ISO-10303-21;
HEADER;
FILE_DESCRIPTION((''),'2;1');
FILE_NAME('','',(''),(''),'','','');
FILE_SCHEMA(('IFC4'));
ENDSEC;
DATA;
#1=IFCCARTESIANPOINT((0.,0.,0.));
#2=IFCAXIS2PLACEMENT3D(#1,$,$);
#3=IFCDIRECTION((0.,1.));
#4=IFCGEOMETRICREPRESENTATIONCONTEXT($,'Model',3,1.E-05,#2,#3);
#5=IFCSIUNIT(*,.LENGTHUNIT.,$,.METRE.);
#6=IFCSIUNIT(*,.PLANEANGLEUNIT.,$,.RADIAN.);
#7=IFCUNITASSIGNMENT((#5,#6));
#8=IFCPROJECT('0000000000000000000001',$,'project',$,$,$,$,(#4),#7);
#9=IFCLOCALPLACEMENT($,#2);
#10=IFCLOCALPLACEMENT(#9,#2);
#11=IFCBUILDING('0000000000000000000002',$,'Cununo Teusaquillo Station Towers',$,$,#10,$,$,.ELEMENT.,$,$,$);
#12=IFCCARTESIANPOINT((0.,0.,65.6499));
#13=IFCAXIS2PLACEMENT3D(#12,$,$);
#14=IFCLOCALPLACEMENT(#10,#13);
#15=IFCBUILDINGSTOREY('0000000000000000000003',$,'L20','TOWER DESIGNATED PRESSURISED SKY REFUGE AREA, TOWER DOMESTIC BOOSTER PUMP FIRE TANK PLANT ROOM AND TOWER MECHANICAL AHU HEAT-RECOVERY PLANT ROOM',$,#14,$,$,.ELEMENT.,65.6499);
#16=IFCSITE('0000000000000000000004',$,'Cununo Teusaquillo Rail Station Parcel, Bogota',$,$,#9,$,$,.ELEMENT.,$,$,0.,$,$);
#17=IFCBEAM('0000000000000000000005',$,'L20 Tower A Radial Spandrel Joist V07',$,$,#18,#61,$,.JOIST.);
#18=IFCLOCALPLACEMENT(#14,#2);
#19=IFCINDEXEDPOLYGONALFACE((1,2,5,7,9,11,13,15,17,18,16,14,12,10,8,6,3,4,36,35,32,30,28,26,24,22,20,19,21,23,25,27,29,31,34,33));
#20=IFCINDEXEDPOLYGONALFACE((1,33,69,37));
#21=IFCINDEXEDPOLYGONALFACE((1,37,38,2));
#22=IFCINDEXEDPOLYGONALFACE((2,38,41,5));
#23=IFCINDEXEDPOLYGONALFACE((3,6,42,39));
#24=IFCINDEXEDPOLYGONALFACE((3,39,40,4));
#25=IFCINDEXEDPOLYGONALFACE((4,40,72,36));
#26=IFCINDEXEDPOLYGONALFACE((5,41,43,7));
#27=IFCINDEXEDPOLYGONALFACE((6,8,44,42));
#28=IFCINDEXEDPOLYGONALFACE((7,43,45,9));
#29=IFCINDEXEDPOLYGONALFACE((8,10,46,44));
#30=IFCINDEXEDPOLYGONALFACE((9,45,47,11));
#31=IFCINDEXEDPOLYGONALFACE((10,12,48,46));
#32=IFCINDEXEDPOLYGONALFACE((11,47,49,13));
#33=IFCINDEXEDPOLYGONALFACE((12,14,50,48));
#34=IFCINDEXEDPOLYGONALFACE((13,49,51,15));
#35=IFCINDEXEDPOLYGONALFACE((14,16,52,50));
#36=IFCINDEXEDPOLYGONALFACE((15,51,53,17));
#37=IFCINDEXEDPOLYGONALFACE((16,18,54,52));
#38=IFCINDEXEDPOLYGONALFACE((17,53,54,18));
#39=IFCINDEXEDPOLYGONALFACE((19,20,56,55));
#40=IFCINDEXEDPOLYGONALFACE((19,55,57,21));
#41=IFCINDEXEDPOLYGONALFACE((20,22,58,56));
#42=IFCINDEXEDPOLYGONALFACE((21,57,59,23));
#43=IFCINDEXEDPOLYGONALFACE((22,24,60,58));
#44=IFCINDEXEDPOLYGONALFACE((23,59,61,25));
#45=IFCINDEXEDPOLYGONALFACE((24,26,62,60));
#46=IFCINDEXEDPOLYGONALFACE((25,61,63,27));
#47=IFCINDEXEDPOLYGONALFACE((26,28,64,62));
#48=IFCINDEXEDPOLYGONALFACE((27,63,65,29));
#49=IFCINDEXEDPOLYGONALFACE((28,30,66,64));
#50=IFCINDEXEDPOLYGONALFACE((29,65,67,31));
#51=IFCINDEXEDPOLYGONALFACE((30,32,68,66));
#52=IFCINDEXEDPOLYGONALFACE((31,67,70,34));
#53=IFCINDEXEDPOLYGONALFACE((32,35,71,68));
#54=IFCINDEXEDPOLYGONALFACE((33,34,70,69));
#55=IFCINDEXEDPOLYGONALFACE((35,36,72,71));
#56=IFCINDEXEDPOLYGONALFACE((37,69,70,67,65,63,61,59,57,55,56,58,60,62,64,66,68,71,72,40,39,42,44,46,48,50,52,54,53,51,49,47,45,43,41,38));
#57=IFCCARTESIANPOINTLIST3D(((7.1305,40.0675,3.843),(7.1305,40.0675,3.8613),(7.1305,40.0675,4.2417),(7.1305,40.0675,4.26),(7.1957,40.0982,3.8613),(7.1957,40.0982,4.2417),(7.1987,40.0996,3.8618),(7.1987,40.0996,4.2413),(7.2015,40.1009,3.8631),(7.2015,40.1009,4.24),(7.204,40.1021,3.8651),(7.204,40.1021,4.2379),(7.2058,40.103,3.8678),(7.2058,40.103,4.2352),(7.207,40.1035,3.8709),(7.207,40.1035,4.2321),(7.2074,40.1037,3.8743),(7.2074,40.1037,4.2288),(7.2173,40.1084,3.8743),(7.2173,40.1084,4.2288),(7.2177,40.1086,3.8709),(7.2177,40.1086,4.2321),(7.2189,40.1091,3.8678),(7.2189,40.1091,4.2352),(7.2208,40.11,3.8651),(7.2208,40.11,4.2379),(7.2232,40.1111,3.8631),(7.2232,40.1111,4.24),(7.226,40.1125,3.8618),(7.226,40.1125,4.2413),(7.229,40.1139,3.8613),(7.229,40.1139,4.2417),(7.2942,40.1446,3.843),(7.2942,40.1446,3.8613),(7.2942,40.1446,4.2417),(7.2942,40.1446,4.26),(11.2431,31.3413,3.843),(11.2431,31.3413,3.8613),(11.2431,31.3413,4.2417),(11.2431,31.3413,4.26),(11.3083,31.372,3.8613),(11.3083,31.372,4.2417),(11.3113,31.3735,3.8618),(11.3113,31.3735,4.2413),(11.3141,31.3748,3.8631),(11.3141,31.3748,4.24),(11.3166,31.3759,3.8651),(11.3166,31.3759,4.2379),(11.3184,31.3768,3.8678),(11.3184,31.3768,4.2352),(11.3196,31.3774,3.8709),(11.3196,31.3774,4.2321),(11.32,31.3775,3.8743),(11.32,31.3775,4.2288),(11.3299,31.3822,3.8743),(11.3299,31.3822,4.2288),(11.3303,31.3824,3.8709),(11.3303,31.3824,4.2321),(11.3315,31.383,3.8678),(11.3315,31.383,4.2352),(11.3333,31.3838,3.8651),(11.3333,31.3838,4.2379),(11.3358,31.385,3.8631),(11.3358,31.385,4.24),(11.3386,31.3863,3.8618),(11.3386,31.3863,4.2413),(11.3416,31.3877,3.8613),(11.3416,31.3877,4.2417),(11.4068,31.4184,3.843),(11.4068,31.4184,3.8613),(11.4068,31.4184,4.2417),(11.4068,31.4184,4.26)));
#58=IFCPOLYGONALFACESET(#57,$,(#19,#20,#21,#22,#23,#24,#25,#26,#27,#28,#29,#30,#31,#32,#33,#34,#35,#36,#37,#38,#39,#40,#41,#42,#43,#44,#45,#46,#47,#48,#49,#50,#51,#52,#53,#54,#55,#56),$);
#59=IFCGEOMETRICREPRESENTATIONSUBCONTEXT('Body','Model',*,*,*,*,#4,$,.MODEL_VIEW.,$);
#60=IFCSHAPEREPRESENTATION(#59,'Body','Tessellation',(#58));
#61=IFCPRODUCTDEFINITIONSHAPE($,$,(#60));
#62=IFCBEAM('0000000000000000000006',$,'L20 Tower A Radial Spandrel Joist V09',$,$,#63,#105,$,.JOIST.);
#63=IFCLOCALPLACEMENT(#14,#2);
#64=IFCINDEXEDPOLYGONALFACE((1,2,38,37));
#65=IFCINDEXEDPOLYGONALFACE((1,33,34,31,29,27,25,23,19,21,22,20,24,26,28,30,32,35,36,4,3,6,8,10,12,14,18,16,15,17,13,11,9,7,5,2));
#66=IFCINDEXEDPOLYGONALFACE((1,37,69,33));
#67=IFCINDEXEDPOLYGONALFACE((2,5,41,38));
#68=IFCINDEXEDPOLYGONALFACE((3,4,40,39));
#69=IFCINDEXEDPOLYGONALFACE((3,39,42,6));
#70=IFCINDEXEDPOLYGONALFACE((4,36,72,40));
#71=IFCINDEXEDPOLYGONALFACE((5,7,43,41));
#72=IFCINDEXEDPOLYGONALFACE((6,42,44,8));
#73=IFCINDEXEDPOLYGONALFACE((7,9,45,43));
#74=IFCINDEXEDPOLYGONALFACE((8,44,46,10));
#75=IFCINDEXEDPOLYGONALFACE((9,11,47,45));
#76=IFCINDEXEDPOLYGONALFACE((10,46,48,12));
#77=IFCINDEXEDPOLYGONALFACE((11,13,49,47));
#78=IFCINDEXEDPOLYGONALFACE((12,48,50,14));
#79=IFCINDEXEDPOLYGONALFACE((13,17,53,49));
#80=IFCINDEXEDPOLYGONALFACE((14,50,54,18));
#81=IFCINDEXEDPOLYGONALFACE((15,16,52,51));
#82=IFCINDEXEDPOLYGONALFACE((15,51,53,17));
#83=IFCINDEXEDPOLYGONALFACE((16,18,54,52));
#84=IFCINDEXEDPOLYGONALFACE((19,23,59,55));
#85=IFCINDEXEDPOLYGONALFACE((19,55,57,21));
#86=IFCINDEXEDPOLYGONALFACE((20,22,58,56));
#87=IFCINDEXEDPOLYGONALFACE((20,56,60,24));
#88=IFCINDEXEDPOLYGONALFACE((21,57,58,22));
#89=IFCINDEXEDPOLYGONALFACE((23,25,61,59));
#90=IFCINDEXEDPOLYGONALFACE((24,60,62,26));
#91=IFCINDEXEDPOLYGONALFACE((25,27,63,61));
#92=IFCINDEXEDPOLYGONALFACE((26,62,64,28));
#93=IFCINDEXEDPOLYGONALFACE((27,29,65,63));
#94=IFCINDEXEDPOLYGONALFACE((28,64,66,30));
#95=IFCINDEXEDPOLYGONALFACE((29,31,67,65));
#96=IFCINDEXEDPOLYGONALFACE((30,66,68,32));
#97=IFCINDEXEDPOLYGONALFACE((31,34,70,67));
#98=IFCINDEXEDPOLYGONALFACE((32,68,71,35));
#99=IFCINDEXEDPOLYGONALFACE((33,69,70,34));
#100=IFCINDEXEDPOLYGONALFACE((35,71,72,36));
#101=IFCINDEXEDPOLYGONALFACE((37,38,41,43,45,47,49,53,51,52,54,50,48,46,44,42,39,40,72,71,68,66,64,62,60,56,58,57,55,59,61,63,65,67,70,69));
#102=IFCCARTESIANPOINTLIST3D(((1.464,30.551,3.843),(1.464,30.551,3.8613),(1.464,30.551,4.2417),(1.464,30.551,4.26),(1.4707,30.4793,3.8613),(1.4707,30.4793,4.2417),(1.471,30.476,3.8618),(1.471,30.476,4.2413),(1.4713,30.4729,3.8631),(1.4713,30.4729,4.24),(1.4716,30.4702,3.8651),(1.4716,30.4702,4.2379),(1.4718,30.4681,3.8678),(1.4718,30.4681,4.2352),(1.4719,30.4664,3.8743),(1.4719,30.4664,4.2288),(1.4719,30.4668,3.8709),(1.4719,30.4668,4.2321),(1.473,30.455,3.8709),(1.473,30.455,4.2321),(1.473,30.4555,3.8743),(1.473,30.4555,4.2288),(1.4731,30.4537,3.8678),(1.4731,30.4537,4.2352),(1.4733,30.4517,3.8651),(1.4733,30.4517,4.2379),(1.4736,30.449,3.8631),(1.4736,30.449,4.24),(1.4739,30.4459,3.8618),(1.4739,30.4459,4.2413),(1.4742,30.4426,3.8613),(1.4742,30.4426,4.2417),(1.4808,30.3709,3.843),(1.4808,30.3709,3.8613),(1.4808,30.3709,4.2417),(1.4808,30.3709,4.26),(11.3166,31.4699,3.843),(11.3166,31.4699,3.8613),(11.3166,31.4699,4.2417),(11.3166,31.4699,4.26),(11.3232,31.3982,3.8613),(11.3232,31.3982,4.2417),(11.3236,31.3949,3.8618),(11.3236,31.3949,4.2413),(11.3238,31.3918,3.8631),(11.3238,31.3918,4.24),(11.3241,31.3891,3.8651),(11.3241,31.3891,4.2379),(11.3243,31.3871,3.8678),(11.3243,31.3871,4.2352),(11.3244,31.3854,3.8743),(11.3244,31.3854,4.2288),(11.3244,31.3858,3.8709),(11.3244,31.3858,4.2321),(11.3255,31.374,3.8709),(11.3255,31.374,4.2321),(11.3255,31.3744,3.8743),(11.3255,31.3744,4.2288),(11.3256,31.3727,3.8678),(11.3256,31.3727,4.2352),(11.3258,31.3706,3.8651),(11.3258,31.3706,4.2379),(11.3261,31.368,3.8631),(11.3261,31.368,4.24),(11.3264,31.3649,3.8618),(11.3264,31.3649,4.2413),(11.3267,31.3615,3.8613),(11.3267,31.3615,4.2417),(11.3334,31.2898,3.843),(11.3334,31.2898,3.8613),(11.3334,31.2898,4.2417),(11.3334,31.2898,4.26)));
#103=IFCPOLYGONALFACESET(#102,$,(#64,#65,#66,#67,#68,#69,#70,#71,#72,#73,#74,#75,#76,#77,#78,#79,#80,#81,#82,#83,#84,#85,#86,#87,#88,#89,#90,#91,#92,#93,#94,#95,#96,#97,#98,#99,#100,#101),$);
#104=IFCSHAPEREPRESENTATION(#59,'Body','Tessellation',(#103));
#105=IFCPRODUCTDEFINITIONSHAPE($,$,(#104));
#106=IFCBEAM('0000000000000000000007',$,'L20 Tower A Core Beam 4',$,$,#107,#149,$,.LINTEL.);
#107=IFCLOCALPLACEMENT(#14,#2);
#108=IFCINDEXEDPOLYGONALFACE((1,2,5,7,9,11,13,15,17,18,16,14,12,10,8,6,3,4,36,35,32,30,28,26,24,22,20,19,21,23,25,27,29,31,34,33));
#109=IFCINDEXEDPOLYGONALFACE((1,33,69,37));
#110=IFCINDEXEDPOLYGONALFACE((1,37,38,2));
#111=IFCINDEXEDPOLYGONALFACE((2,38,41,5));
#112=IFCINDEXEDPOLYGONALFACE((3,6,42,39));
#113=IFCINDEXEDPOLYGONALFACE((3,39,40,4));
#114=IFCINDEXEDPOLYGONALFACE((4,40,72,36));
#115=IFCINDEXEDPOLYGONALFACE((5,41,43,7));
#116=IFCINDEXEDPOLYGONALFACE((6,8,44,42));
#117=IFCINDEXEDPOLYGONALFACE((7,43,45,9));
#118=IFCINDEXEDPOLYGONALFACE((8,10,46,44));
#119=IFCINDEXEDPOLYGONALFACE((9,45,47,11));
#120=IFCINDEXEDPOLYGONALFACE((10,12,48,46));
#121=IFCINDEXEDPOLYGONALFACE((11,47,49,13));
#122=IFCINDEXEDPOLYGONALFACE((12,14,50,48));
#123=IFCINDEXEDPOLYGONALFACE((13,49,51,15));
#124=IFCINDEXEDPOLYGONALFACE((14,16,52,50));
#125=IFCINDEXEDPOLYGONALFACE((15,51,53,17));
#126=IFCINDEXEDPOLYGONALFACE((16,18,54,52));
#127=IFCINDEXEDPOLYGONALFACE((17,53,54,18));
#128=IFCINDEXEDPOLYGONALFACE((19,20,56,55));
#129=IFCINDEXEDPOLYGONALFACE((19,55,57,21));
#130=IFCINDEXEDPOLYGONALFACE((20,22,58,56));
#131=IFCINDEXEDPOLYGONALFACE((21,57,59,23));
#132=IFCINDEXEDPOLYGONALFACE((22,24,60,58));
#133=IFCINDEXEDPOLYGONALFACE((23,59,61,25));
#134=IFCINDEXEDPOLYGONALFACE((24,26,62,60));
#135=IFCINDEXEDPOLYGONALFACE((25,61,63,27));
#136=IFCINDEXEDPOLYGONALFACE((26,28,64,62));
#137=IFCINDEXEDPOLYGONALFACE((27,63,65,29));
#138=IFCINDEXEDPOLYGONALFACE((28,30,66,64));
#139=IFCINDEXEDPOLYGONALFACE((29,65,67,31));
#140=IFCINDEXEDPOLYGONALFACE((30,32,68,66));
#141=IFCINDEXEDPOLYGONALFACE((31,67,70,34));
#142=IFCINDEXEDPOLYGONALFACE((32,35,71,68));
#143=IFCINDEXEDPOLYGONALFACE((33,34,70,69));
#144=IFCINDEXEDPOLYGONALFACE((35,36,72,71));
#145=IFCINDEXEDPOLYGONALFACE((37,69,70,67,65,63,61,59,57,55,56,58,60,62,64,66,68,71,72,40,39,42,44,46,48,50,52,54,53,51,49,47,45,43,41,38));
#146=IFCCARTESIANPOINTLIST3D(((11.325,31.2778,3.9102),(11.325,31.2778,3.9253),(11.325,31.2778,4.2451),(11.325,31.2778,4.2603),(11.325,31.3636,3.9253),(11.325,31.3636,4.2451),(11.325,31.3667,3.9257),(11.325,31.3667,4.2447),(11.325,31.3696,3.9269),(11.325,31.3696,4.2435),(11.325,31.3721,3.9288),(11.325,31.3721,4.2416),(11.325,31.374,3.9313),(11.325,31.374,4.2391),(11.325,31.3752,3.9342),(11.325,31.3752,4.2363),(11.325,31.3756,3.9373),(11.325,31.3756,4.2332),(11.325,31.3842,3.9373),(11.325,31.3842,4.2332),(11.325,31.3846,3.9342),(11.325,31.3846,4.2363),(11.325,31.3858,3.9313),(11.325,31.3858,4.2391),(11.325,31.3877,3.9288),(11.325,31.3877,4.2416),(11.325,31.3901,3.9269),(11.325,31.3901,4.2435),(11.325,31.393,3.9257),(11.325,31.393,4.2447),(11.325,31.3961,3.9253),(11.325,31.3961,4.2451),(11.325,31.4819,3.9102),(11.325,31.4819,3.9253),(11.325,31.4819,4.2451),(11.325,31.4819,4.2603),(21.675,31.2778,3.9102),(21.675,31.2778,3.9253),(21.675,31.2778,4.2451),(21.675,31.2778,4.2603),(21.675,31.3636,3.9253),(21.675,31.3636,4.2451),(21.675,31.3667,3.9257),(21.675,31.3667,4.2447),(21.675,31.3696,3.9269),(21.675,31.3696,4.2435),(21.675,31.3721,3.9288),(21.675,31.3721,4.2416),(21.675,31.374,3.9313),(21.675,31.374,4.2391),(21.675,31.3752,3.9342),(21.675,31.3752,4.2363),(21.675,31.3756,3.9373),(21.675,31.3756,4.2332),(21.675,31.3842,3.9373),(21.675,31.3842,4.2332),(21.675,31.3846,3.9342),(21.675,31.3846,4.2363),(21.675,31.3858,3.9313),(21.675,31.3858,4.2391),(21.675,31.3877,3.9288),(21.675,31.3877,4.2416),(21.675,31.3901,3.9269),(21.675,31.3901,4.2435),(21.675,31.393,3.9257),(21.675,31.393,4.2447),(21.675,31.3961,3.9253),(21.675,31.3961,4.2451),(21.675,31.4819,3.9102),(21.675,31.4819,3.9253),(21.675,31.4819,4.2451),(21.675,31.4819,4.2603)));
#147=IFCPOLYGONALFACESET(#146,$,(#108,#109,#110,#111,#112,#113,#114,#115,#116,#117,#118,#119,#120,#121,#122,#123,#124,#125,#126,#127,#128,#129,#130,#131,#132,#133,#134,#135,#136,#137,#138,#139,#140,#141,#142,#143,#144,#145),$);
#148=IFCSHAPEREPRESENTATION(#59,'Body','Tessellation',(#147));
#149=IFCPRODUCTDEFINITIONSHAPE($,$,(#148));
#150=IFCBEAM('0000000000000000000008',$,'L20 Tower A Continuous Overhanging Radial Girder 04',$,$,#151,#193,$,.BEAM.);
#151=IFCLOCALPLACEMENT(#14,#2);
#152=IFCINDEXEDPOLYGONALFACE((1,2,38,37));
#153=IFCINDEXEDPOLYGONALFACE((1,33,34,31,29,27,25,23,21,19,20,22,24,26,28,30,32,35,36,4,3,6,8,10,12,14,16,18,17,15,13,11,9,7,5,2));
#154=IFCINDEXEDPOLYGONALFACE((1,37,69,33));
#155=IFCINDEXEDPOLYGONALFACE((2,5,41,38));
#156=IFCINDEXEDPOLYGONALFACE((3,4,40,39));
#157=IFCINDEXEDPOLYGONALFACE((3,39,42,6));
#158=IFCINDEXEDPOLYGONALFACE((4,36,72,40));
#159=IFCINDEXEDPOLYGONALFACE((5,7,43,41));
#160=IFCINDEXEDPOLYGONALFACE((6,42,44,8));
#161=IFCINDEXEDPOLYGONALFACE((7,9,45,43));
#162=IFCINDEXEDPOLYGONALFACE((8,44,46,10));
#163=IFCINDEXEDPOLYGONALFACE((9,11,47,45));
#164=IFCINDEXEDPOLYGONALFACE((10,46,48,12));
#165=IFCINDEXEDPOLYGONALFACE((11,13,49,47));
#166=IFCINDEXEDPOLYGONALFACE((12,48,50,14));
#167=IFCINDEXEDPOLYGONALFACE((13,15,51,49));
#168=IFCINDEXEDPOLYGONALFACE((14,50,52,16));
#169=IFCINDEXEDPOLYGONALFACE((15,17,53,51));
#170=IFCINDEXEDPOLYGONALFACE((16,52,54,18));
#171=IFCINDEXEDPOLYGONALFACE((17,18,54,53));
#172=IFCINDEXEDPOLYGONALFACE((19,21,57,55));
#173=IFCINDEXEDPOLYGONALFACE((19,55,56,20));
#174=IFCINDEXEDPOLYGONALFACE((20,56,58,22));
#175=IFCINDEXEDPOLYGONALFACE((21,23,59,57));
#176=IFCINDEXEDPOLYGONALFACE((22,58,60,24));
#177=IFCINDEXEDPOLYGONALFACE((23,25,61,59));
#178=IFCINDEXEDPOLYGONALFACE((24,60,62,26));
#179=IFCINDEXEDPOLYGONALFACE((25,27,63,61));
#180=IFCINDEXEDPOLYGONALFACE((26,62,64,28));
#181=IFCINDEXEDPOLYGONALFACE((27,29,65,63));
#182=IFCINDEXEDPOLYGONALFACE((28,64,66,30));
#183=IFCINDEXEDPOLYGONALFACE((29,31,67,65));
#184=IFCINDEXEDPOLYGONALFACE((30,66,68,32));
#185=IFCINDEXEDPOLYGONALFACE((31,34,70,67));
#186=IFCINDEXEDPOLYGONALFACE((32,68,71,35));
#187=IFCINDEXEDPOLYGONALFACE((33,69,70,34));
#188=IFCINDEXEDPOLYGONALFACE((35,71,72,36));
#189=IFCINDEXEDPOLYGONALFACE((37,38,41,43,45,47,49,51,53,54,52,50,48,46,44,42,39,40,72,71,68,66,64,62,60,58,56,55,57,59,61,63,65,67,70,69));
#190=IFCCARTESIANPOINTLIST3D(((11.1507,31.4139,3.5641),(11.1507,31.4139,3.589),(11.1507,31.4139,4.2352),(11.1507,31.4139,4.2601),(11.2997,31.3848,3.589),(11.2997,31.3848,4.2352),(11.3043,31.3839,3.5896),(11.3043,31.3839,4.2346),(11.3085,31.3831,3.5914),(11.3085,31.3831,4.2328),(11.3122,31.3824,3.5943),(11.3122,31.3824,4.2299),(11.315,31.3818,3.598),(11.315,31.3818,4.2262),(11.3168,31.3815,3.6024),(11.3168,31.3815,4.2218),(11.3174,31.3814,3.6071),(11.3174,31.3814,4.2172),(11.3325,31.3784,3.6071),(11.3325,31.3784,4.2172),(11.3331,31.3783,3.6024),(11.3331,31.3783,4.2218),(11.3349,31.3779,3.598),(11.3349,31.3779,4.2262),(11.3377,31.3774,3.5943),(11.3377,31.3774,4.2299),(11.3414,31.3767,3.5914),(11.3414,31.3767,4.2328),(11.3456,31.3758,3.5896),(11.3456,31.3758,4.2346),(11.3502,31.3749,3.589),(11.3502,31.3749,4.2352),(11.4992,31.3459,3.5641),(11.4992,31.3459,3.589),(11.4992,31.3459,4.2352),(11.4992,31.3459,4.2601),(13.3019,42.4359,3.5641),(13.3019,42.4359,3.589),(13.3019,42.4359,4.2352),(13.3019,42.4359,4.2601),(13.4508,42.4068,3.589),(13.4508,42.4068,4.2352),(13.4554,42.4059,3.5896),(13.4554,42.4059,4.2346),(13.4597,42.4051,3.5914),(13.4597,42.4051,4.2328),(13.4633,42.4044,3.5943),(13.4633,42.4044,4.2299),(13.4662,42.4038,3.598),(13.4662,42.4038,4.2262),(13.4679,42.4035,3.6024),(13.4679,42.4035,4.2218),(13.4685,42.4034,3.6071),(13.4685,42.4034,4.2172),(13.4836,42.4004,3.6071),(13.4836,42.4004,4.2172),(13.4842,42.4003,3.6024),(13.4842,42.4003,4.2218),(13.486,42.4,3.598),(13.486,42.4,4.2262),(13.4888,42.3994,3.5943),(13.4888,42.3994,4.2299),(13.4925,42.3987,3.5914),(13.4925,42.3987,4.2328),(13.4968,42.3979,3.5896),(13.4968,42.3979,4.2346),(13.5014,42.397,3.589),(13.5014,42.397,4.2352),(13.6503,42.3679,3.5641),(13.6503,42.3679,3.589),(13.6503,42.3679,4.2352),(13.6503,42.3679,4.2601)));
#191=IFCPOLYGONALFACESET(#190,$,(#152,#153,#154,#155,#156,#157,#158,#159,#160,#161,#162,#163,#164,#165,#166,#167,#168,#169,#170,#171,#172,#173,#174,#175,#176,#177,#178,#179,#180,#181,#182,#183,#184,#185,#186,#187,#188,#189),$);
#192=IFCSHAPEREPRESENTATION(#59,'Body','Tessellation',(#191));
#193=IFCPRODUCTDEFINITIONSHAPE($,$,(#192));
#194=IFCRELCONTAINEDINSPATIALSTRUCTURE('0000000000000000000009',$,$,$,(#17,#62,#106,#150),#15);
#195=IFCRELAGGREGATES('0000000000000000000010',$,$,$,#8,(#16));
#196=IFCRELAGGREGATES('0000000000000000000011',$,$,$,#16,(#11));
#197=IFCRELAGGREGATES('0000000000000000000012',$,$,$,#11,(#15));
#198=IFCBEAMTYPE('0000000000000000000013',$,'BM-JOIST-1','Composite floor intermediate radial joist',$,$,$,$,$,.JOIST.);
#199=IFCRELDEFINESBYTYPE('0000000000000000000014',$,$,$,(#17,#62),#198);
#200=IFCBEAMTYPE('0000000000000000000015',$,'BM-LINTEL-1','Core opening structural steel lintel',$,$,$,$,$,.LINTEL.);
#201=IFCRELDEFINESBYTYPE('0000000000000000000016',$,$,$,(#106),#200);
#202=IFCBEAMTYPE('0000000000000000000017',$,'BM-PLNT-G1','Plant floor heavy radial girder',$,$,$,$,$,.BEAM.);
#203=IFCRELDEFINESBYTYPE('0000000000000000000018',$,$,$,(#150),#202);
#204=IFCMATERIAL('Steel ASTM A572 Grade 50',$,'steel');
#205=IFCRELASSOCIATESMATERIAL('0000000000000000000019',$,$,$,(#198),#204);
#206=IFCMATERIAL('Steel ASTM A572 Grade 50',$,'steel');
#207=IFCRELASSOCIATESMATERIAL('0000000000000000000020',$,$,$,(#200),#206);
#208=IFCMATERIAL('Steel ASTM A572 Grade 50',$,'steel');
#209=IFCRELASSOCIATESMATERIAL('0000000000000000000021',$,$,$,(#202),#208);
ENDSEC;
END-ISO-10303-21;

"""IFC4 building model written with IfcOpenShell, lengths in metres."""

from ifc_helpers import new_model, si_unit, direction, frame, origin, origin_2d, place, context, subcontext, project, spatial, i_section, extrude, material, material_profile, profile_set, type_object, element, save


model = new_model("IFC4")

# Units and contexts
model_context = context("Model", 3, precision=1e-05, world=origin(), true_north=direction((0.0, 1.0)))
body_context = subcontext(model_context, "Body", "Model", "MODEL_VIEW")
ifc_project = project(units=[si_unit("LENGTHUNIT", "METRE"), si_unit("PLANEANGLEUNIT", "RADIAN")], contexts=[model_context])

# Site, building, storey
site_placement = place(None, origin())
site = spatial("IfcSite", under=ifc_project, at=site_placement, Name="Cununo Teusaquillo Rail Station Parcel, Bogota", CompositionType="ELEMENT", RefElevation=0.0)
building_placement = place(site_placement, origin())
building = spatial("IfcBuilding", under=site, at=building_placement, Name="Cununo Teusaquillo Station Towers", CompositionType="ELEMENT")
storey_placement = place(building_placement, frame((0.0, 0.0, 65.6499)))
storey = spatial("IfcBuildingStorey", under=building, at=storey_placement, Name="L20", Description="TOWER DESIGNATED PRESSURISED SKY REFUGE AREA, TOWER DOMESTIC BOOSTER PUMP FIRE TANK PLANT ROOM AND TOWER MECHANICAL AHU HEAT-RECOVERY PLANT ROOM", CompositionType="ELEMENT", Elevation=65.6499)

# Beams
ifc_material_1 = material(Name="Steel ASTM A572 Grade 50", Category="steel")
ifc_material_profile_1 = material_profile(ifc_material_1, i_section(OverallWidth=0.1809, OverallDepth=0.417, WebThickness=0.011, FlangeThickness=0.0183, FilletRadius=0.0129, at=origin_2d()), Name="W16X57")
ifc_profile_set_1 = profile_set([ifc_material_profile_1], Name="Steel ASTM A572 Grade 50")
beam_type_1 = type_object("IfcBeamType", Name="BM-JOIST-1", Description="Composite floor intermediate radial joist", PredefinedType="JOIST", material=ifc_profile_set_1)
beam_1_placement = place(storey_placement, frame((11.325, 31.3799, 4.0515), z_axis=(-0.42632, 0.904572, 0.0), x_axis=(-0.904572, -0.42632, 0.0)))
element("IfcBeam", 1, at=beam_1_placement, inside=storey, type_object=beam_type_1, Name="L20 Tower A Radial Spandrel Joist V07", PredefinedType="JOIST", context=body_context, shape_type="SweptSolid", body=[
    extrude(i_section(OverallWidth=0.1809, OverallDepth=0.417, WebThickness=0.011, FlangeThickness=0.0183, FilletRadius=0.0129, at=origin_2d()), origin(), (0.0, 0.0, 1.0), 9.6467),
])
beam_2_placement = place(storey_placement, frame((11.325, 31.3799, 4.0515), z_axis=(-0.995679, -0.092867, 0.0), x_axis=(0.092867, -0.995679, 0.0)))
element("IfcBeam", 2, at=beam_2_placement, inside=storey, type_object=beam_type_1, Name="L20 Tower A Radial Spandrel Joist V09", PredefinedType="JOIST", context=body_context, shape_type="SweptSolid", body=[
    extrude(i_section(OverallWidth=0.1809, OverallDepth=0.417, WebThickness=0.011, FlangeThickness=0.0183, FilletRadius=0.0129, at=origin_2d()), origin(), (0.0, 0.0, 1.0), 9.8953),
])
ifc_material_2 = material(Name="Steel ASTM A572 Grade 50", Category="steel")
ifc_material_profile_2 = material_profile(ifc_material_2, i_section(OverallWidth=0.2041, OverallDepth=0.3501, WebThickness=0.0085, FlangeThickness=0.0151, FilletRadius=0.012, at=origin_2d()), Name="W14X48")
ifc_profile_set_2 = profile_set([ifc_material_profile_2], Name="Steel ASTM A572 Grade 50")
beam_type_2 = type_object("IfcBeamType", Name="BM-LINTEL-1", Description="Core opening structural steel lintel", PredefinedType="LINTEL", material=ifc_profile_set_2)
beam_3_placement = place(storey_placement, frame((11.325, 31.3799, 4.0852), z_axis=(1.0, 0.0, 0.0), x_axis=(0.0, 1.0, 0.0)))
element("IfcBeam", 3, at=beam_3_placement, inside=storey, type_object=beam_type_2, Name="L20 Tower A Core Beam 4", PredefinedType="LINTEL", context=body_context, shape_type="SweptSolid", body=[
    extrude(i_section(OverallWidth=0.2041, OverallDepth=0.3501, WebThickness=0.0085, FlangeThickness=0.0151, FilletRadius=0.012, at=origin_2d()), origin(), (0.0, 0.0, 1.0), 10.3501),
])
ifc_material_3 = material(Name="Steel ASTM A572 Grade 50", Category="steel")
ifc_material_profile_3 = material_profile(ifc_material_3, i_section(OverallWidth=0.355, OverallDepth=0.696, WebThickness=0.0154, FlangeThickness=0.0249, FilletRadius=0.0181, at=origin_2d()), Name="W27X146")
ifc_profile_set_3 = profile_set([ifc_material_profile_3], Name="Steel ASTM A572 Grade 50")
beam_type_3 = type_object("IfcBeamType", Name="BM-PLNT-G1", Description="Plant floor heavy radial girder", PredefinedType="BEAM", material=ifc_profile_set_3)
beam_4_placement = place(storey_placement, frame((11.325, 31.3799, 3.9121), z_axis=(0.191553, 0.981482, 0.0), x_axis=(-0.981482, 0.191553, 0.0)))
element("IfcBeam", 4, at=beam_4_placement, inside=storey, type_object=beam_type_3, Name="L20 Tower A Continuous Overhanging Radial Girder 04", PredefinedType="BEAM", context=body_context, shape_type="SweptSolid", body=[
    extrude(i_section(OverallWidth=0.355, OverallDepth=0.696, WebThickness=0.0154, FlangeThickness=0.0249, FilletRadius=0.0181, at=origin_2d()), origin(), (0.0, 0.0, 1.0), 11.23),
])

save(model, "model.ifc")
